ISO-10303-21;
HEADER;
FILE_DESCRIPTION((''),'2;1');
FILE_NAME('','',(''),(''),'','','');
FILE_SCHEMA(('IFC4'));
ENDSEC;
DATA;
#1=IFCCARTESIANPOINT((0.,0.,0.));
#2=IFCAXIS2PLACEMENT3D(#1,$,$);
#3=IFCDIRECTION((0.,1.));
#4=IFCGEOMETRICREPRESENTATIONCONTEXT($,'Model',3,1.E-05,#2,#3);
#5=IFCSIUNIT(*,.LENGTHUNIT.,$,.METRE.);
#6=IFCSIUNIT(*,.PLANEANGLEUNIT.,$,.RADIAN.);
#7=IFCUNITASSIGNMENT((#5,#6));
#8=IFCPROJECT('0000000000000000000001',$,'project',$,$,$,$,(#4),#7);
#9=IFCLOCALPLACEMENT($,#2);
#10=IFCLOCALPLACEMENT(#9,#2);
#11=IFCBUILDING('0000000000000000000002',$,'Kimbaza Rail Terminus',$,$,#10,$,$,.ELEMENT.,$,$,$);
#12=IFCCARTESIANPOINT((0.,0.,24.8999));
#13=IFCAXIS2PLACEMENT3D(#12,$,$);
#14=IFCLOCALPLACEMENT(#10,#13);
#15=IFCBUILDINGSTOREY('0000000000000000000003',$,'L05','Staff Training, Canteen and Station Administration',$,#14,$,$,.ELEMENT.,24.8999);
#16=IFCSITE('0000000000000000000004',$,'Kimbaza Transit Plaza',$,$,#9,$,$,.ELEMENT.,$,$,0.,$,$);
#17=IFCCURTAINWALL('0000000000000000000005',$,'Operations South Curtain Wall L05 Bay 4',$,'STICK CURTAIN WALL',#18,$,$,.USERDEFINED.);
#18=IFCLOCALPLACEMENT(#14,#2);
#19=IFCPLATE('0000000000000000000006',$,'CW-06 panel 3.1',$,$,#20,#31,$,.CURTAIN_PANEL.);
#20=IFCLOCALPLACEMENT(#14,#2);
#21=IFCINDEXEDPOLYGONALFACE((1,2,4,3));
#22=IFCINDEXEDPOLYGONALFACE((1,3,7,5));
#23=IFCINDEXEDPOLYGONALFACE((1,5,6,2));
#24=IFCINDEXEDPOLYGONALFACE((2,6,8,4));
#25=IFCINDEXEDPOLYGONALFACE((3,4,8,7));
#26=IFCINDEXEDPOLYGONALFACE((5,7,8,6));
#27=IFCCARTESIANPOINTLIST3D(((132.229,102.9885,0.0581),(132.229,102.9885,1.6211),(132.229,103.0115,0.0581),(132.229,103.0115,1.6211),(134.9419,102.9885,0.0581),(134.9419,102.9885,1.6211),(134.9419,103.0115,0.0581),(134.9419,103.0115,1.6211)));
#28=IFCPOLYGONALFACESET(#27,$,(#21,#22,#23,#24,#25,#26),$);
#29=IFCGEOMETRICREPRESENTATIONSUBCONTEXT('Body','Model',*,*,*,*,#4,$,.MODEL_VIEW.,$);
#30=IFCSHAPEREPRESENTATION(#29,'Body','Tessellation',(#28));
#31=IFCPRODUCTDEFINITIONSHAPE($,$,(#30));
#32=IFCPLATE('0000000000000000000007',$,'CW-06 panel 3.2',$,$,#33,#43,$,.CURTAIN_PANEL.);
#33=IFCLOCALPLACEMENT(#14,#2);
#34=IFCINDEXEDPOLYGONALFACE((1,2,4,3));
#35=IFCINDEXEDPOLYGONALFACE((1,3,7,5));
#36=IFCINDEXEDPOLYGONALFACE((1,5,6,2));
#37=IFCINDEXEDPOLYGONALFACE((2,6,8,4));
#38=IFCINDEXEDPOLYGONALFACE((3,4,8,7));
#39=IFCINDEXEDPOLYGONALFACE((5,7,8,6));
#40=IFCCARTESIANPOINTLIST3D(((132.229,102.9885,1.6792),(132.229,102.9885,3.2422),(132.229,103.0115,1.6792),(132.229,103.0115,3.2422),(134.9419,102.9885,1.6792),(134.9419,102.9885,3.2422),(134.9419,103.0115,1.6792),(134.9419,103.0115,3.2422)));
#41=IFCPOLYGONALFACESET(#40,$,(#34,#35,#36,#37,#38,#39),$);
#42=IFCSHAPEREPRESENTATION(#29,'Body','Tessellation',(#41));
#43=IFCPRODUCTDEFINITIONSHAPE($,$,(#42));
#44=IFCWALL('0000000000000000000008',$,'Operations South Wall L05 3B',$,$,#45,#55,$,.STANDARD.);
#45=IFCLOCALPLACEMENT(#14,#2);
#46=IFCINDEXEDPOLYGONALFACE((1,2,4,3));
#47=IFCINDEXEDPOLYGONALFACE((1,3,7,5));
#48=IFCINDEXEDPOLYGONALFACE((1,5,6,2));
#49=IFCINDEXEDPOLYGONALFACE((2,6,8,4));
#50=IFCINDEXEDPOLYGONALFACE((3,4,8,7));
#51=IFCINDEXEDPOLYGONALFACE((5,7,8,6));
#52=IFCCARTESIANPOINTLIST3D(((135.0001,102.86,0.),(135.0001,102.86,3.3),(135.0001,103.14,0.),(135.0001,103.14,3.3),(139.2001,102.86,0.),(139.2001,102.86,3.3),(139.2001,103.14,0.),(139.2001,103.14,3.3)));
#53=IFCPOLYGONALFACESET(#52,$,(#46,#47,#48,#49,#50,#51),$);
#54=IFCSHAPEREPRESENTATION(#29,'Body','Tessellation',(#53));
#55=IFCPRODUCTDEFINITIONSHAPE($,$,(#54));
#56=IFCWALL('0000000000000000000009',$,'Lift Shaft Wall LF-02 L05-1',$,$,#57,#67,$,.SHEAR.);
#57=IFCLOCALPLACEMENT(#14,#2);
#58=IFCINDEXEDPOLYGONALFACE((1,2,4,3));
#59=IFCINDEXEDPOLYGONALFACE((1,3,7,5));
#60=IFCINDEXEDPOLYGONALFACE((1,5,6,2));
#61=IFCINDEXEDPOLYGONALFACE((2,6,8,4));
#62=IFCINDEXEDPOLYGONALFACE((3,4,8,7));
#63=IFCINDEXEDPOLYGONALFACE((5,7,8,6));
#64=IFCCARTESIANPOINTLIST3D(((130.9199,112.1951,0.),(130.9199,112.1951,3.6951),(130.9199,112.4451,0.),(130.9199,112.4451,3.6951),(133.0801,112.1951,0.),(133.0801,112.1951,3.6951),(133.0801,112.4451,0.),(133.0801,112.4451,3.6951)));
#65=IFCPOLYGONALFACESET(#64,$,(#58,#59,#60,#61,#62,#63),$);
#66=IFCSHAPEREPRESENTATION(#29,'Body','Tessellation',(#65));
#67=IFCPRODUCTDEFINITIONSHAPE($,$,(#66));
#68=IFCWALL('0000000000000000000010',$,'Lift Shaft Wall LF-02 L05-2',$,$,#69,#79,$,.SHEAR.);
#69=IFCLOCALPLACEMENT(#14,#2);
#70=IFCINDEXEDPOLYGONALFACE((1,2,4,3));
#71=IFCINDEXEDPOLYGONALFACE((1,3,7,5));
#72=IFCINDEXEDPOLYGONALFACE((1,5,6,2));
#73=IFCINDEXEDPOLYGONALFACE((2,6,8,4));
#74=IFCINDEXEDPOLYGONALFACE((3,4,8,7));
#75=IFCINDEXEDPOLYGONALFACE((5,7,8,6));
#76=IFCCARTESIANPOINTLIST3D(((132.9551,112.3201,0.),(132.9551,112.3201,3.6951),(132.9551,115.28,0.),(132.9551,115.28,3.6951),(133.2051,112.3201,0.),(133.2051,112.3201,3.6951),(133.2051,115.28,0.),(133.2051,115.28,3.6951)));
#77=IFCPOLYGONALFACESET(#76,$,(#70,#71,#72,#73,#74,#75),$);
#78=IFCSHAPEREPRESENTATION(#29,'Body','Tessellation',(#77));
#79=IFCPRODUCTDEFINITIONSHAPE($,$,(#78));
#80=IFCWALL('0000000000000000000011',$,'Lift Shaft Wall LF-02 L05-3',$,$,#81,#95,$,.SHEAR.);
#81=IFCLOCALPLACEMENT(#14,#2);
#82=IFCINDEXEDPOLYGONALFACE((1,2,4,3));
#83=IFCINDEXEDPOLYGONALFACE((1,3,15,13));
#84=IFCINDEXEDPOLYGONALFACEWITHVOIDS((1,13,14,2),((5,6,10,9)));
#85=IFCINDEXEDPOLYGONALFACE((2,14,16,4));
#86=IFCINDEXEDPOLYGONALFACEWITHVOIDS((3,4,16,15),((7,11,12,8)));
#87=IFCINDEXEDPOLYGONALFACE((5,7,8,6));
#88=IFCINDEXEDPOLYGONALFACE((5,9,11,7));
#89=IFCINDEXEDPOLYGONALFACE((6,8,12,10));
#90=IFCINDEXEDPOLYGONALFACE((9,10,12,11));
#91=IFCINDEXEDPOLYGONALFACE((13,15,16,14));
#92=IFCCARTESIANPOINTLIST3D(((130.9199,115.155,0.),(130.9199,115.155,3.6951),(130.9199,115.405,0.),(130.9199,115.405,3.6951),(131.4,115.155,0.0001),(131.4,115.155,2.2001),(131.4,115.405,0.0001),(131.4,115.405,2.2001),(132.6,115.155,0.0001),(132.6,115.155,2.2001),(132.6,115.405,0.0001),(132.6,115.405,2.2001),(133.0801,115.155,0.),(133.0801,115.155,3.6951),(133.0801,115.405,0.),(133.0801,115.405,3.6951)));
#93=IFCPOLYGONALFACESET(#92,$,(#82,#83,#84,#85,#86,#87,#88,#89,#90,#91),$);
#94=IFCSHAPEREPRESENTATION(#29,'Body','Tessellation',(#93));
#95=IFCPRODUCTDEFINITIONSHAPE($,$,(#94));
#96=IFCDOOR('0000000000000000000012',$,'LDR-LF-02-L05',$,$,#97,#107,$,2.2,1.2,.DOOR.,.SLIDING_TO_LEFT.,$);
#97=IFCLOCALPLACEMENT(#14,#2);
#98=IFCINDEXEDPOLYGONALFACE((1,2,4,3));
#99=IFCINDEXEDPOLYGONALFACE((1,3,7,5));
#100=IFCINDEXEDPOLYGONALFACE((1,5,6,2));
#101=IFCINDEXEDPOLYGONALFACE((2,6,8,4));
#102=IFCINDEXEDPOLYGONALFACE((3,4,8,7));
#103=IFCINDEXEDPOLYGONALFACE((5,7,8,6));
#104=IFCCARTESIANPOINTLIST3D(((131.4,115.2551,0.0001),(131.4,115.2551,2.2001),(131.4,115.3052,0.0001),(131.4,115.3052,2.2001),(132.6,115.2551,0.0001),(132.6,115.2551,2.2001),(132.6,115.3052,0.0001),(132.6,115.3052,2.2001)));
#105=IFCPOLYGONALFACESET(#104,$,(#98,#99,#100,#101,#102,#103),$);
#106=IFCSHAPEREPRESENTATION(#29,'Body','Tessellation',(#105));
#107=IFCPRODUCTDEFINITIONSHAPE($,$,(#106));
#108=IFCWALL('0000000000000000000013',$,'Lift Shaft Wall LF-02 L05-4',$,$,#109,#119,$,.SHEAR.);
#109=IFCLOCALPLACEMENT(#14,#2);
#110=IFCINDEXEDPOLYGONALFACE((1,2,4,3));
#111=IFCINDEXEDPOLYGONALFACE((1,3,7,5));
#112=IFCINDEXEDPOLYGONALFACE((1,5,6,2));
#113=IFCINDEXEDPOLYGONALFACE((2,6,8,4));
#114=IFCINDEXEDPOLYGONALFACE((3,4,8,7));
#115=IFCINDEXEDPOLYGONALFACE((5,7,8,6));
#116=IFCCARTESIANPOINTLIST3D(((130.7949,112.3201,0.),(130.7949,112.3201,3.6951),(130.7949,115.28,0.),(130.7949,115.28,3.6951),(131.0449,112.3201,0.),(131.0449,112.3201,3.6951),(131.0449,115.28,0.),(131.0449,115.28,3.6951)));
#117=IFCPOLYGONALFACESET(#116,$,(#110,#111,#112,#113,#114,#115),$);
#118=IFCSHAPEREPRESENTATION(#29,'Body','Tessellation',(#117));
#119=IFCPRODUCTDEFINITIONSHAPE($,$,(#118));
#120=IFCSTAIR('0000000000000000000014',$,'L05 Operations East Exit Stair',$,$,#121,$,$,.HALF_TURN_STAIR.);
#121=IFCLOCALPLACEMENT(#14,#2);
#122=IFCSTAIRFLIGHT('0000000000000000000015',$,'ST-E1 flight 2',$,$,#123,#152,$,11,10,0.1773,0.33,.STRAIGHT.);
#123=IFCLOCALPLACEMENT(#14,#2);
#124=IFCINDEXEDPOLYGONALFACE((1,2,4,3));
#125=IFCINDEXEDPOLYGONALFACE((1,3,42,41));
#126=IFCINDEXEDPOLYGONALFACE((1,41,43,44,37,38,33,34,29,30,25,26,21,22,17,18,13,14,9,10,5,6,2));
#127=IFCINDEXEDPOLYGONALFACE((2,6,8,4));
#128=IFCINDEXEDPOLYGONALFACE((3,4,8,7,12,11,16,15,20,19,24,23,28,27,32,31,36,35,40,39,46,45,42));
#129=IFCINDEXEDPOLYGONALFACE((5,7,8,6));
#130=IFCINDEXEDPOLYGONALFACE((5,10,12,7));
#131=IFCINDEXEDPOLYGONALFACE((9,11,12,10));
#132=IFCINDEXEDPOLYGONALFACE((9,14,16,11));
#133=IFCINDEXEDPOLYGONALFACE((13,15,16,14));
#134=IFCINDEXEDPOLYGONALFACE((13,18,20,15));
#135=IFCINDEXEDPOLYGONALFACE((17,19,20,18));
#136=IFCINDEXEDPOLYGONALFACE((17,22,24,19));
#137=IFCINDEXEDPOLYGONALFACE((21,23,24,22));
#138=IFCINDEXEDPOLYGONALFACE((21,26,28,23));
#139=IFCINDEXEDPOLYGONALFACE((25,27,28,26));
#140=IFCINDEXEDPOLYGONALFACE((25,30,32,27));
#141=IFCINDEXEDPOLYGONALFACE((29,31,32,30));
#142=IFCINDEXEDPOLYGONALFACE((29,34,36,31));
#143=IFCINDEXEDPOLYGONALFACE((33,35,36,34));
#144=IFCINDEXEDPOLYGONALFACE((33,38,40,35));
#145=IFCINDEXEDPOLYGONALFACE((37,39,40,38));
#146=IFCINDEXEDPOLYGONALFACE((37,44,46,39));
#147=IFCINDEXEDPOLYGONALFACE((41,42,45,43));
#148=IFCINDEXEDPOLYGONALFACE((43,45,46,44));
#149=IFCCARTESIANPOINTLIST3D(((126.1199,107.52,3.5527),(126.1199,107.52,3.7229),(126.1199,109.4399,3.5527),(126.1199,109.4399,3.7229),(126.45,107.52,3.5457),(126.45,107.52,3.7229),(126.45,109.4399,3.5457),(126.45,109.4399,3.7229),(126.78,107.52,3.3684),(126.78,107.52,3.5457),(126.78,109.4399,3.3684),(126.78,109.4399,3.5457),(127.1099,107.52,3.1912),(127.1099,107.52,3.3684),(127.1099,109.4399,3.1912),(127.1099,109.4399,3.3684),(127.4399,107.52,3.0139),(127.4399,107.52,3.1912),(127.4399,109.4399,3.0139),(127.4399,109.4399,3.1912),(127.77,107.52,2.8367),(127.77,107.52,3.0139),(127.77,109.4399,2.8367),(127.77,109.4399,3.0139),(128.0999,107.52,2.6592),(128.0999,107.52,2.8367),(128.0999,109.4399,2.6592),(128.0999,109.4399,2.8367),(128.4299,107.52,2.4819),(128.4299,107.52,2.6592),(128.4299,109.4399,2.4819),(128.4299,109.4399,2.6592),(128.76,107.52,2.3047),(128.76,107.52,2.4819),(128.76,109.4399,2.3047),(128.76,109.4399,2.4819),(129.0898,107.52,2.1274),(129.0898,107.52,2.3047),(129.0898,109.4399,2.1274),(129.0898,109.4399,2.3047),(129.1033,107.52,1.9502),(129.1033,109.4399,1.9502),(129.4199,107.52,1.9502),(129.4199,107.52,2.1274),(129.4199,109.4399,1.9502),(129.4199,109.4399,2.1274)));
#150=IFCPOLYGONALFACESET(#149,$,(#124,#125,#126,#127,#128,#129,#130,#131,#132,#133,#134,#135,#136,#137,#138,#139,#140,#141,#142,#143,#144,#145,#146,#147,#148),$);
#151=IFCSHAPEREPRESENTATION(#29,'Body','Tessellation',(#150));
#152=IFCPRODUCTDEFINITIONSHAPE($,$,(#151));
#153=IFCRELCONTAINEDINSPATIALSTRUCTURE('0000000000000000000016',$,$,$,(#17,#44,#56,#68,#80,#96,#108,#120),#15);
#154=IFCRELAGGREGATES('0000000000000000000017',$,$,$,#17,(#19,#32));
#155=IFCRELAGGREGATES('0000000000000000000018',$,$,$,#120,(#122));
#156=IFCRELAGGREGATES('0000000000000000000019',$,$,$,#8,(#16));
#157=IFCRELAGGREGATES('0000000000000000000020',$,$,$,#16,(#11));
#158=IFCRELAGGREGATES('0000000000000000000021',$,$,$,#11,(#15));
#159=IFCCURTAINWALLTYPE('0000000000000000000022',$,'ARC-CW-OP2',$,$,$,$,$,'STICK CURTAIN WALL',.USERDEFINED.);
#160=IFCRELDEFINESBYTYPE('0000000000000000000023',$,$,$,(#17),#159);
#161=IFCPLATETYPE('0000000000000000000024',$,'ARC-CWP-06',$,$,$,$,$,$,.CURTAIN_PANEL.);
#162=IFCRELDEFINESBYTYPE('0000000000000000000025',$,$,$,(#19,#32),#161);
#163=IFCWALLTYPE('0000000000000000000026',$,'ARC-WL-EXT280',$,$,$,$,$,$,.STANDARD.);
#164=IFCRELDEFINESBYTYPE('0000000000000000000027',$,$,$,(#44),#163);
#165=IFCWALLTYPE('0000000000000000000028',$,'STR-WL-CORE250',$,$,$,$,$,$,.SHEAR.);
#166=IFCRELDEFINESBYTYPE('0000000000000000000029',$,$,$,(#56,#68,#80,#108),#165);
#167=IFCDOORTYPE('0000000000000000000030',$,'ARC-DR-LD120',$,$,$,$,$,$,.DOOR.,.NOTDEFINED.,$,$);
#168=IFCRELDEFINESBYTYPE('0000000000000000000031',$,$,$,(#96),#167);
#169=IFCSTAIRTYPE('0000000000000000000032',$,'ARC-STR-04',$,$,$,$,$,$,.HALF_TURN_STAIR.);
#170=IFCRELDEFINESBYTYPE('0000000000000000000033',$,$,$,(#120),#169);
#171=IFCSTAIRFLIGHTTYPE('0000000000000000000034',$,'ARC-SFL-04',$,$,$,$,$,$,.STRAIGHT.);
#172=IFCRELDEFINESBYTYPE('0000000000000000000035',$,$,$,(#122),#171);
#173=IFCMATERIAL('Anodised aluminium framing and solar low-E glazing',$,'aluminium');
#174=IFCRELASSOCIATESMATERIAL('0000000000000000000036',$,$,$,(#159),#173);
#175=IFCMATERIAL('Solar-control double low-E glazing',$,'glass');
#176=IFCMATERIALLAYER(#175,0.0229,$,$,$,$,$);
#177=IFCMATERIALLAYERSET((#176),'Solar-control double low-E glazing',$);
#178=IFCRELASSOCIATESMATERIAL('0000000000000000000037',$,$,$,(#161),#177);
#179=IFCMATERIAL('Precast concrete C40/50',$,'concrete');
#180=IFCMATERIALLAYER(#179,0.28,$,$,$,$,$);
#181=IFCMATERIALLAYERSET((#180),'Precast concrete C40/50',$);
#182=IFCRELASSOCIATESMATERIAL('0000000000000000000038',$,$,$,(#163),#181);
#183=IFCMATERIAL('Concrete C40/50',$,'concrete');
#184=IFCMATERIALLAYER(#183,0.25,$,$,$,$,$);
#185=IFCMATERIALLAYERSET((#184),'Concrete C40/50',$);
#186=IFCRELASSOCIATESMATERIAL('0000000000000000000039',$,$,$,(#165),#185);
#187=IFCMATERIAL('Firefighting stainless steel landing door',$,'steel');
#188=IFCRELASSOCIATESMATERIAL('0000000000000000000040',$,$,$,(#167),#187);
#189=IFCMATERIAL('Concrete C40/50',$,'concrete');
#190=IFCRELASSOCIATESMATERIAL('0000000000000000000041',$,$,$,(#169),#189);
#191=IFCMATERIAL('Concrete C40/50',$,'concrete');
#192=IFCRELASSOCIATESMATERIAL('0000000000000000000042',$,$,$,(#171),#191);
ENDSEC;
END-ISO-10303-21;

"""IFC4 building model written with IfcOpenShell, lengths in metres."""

from ifc_helpers import new_model, si_unit, direction, frame, frame_2d, origin, origin_2d, place, context, subcontext, project, spatial, polyline, rectangle, outline, extrude, material, layer, layer_set, type_object, element, fill, aggregate, save


model = new_model("IFC4")

# Units and contexts
model_context = context("Model", 3, precision=1e-05, world=origin(), true_north=direction((0.0, 1.0)))
body_context = subcontext(model_context, "Body", "Model", "MODEL_VIEW")
ifc_project = project(units=[si_unit("LENGTHUNIT", "METRE"), si_unit("PLANEANGLEUNIT", "RADIAN")], contexts=[model_context])

# Site, building, storey
site_placement = place(None, origin())
site = spatial("IfcSite", under=ifc_project, at=site_placement, Name="Kimbaza Transit Plaza", CompositionType="ELEMENT", RefElevation=0.0)
building_placement = place(site_placement, origin())
building = spatial("IfcBuilding", under=site, at=building_placement, Name="Kimbaza Rail Terminus", CompositionType="ELEMENT")
storey_placement = place(building_placement, frame((0.0, 0.0, 24.8999)))
storey = spatial("IfcBuildingStorey", under=building, at=storey_placement, Name="L05", Description="Staff Training, Canteen and Station Administration", CompositionType="ELEMENT", Elevation=24.8999)

# Curtain wall, plates
ifc_material_1 = material(Name="Anodised aluminium framing and solar low-E glazing", Category="aluminium")
curtain_wall_type = type_object("IfcCurtainWallType", Name="ARC-CW-OP2", ElementType="STICK CURTAIN WALL", PredefinedType="USERDEFINED", material=ifc_material_1)
curtain_wall_placement = place(storey_placement, origin())
curtain_wall = element("IfcCurtainWall", 1, at=curtain_wall_placement, inside=storey, type_object=curtain_wall_type, Name="Operations South Curtain Wall L05 Bay 4", ObjectType="STICK CURTAIN WALL", PredefinedType="USERDEFINED")
ifc_material_2 = material(Name="Solar-control double low-E glazing", Category="glass")
ifc_layer_1 = layer(ifc_material_2, 0.0229)
ifc_layer_set_1 = layer_set([ifc_layer_1], Name="Solar-control double low-E glazing")
plate_type = type_object("IfcPlateType", Name="ARC-CWP-06", PredefinedType="CURTAIN_PANEL", material=ifc_layer_set_1)
plate_1_placement = place(storey_placement, frame((133.5854, 103.0, 0.0581), z_axis=(0.0, 0.0, 1.0), x_axis=(1.0, 0.0, 0.0)))
plate_1 = element("IfcPlate", 2, at=plate_1_placement, type_object=plate_type, Name="CW-06 panel 3.1", PredefinedType="CURTAIN_PANEL", context=body_context, shape_type="SweptSolid", body=[
    extrude(rectangle(XDim=2.7129, YDim=0.0229, at=origin_2d()), origin(), (0.0, 0.0, 1.0), 1.563),
])
plate_2_placement = place(storey_placement, frame((133.5854, 103.0, 1.6792), z_axis=(0.0, 0.0, 1.0), x_axis=(1.0, 0.0, 0.0)))
plate_2 = element("IfcPlate", 3, at=plate_2_placement, type_object=plate_type, Name="CW-06 panel 3.2", PredefinedType="CURTAIN_PANEL", context=body_context, shape_type="SweptSolid", body=[
    extrude(rectangle(XDim=2.7129, YDim=0.0229, at=origin_2d()), origin(), (0.0, 0.0, 1.0), 1.563),
])
aggregate(curtain_wall, [plate_1, plate_2])

# Walls
ifc_material_3 = material(Name="Precast concrete C40/50", Category="concrete")
ifc_layer_2 = layer(ifc_material_3, 0.28)
ifc_layer_set_2 = layer_set([ifc_layer_2], Name="Precast concrete C40/50")
wall_type_1 = type_object("IfcWallType", Name="ARC-WL-EXT280", PredefinedType="STANDARD", material=ifc_layer_set_2)
wall_1_placement = place(storey_placement, frame((135.0, 103.0, 0.0), z_axis=(0.0, 0.0, 1.0), x_axis=(1.0, 0.0, 0.0)))
element("IfcWall", 4, at=wall_1_placement, inside=storey, type_object=wall_type_1, Name="Operations South Wall L05 3B", PredefinedType="STANDARD", context=body_context, shape_type="SweptSolid", body=[
    extrude(rectangle(XDim=4.2, YDim=0.28, at=frame_2d((2.1001, 0.0))), origin(), (0.0, 0.0, 1.0), 3.3),
])
ifc_material_4 = material(Name="Concrete C40/50", Category="concrete")
ifc_layer_3 = layer(ifc_material_4, 0.25)
ifc_layer_set_3 = layer_set([ifc_layer_3], Name="Concrete C40/50")
wall_type_2 = type_object("IfcWallType", Name="STR-WL-CORE250", PredefinedType="SHEAR", material=ifc_layer_set_3)
wall_2_placement = place(storey_placement, frame((130.9199, 112.3201, 0.0), z_axis=(0.0, 0.0, 1.0), x_axis=(1.0, 0.0, 0.0)))
element("IfcWall", 5, at=wall_2_placement, inside=storey, type_object=wall_type_2, Name="Lift Shaft Wall LF-02 L05-1", PredefinedType="SHEAR", context=body_context, shape_type="SweptSolid", body=[
    extrude(rectangle(XDim=2.1602, YDim=0.25, at=frame_2d((1.0801, 0.0))), origin(), (0.0, 0.0, 1.0), 3.6951),
])
wall_3_placement = place(storey_placement, frame((133.0801, 112.3201, 0.0), z_axis=(0.0, 0.0, 1.0), x_axis=(0.0, 1.0, 0.0)))
element("IfcWall", 6, at=wall_3_placement, inside=storey, type_object=wall_type_2, Name="Lift Shaft Wall LF-02 L05-2", PredefinedType="SHEAR", context=body_context, shape_type="SweptSolid", body=[
    extrude(rectangle(XDim=2.96, YDim=0.25, at=frame_2d((1.48, 0.0))), origin(), (0.0, 0.0, 1.0), 3.6951),
])

# Wall, opening, door
wall_4_placement = place(storey_placement, frame((133.0801, 115.28, 0.0), z_axis=(0.0, 0.0, 1.0), x_axis=(-1.0, 0.0, 0.0)))
wall_4 = element("IfcWall", 7, at=wall_4_placement, inside=storey, type_object=wall_type_2, Name="Lift Shaft Wall LF-02 L05-3", PredefinedType="SHEAR", context=body_context, shape_type="SweptSolid", body=[
    extrude(rectangle(XDim=2.1602, YDim=0.25, at=frame_2d((1.0801, 0.0))), origin(), (0.0, 0.0, 1.0), 3.6951),
])
opening_placement = place(wall_4_placement, frame((0.48, 0.0, 0.0)))
opening = element("IfcOpeningElement", 8, at=opening_placement, cuts=wall_4, PredefinedType="OPENING", context=body_context, shape_type="SweptSolid", body=[
    extrude(rectangle(XDim=1.2, YDim=2.2, at=frame_2d((0.6001, 1.1001))), frame((0.0, 0.135, 0.0), z_axis=(0.0, -1.0, 0.0), x_axis=(1.0, 0.0, 0.0)), (0.0, 0.0, 1.0), 0.27),
])
ifc_material_5 = material(Name="Firefighting stainless steel landing door", Category="steel")
door_type = type_object("IfcDoorType", Name="ARC-DR-LD120", OperationType="NOTDEFINED", PredefinedType="DOOR", material=ifc_material_5)
door_placement = place(opening_placement, origin())
door = element("IfcDoor", 9, at=door_placement, inside=storey, type_object=door_type, Name="LDR-LF-02-L05", OperationType="SLIDING_TO_LEFT", OverallHeight=2.2, OverallWidth=1.2, PredefinedType="DOOR", context=body_context, shape_type="SweptSolid", body=[
    extrude(rectangle(XDim=1.2, YDim=2.2, at=frame_2d((0.6001, 1.1001))), frame((0.0, 0.0249, 0.0), z_axis=(0.0, -1.0, 0.0), x_axis=(1.0, 0.0, 0.0)), (0.0, 0.0, 1.0), 0.05),
])
fill(opening, door)

# Wall
wall_5_placement = place(storey_placement, frame((130.9199, 115.28, 0.0), z_axis=(0.0, 0.0, 1.0), x_axis=(0.0, -1.0, 0.0)))
element("IfcWall", 10, at=wall_5_placement, inside=storey, type_object=wall_type_2, Name="Lift Shaft Wall LF-02 L05-4", PredefinedType="SHEAR", context=body_context, shape_type="SweptSolid", body=[
    extrude(rectangle(XDim=2.96, YDim=0.25, at=frame_2d((1.48, 0.0))), origin(), (0.0, 0.0, 1.0), 3.6951),
])

# Stair, stair flight
ifc_material_6 = material(Name="Concrete C40/50", Category="concrete")
stair_type = type_object("IfcStairType", Name="ARC-STR-04", PredefinedType="HALF_TURN_STAIR", material=ifc_material_6)
stair_placement = place(storey_placement, origin())
stair = element("IfcStair", 11, at=stair_placement, inside=storey, type_object=stair_type, Name="L05 Operations East Exit Stair", PredefinedType="HALF_TURN_STAIR")
ifc_material_7 = material(Name="Concrete C40/50", Category="concrete")
stair_flight_type = type_object("IfcStairFlightType", Name="ARC-SFL-04", PredefinedType="STRAIGHT", material=ifc_material_7)
stair_flight_placement = place(storey_placement, frame((129.4199, 108.48, 1.9502), z_axis=(0.0, 0.0, 1.0), x_axis=(-1.0, 0.0, 0.0)))
stair_flight = element("IfcStairFlight", 12, at=stair_flight_placement, type_object=stair_flight_type, Name="ST-E1 flight 2", NumberOfRisers=11, NumberOfTreads=10, PredefinedType="STRAIGHT", RiserHeight=0.1773, TreadLength=0.33, context=body_context, shape_type="SweptSolid", body=[
    extrude(outline(polyline([(0.0, 0.0), (0.0, 0.1772), (0.3301, 0.1772), (0.3301, 0.3545), (0.6599, 0.3545), (0.6599, 0.5317), (0.99, 0.5317), (0.99, 0.709), (1.3201, 0.709), (1.3201, 0.8865), (1.6499, 0.8865), (1.6499, 1.0637), (1.98, 1.0637), (1.98, 1.241), (2.3101, 1.241), (2.3101, 1.4182), (2.6399, 1.4182), (2.6399, 1.5955), (2.97, 1.5955), (2.97, 1.7727), (3.3, 1.7727), (3.3, 1.95), (3.3, 1.6025), (0.3167, 0.0), (0.0, 0.0)])), frame((0.0, 0.96, 0.0), z_axis=(0.0, -1.0, 0.0), x_axis=(1.0, 0.0, 0.0)), (0.0, 0.0, 1.0), 1.9199),
])
aggregate(stair, [stair_flight])

save(model, "model.ifc")
